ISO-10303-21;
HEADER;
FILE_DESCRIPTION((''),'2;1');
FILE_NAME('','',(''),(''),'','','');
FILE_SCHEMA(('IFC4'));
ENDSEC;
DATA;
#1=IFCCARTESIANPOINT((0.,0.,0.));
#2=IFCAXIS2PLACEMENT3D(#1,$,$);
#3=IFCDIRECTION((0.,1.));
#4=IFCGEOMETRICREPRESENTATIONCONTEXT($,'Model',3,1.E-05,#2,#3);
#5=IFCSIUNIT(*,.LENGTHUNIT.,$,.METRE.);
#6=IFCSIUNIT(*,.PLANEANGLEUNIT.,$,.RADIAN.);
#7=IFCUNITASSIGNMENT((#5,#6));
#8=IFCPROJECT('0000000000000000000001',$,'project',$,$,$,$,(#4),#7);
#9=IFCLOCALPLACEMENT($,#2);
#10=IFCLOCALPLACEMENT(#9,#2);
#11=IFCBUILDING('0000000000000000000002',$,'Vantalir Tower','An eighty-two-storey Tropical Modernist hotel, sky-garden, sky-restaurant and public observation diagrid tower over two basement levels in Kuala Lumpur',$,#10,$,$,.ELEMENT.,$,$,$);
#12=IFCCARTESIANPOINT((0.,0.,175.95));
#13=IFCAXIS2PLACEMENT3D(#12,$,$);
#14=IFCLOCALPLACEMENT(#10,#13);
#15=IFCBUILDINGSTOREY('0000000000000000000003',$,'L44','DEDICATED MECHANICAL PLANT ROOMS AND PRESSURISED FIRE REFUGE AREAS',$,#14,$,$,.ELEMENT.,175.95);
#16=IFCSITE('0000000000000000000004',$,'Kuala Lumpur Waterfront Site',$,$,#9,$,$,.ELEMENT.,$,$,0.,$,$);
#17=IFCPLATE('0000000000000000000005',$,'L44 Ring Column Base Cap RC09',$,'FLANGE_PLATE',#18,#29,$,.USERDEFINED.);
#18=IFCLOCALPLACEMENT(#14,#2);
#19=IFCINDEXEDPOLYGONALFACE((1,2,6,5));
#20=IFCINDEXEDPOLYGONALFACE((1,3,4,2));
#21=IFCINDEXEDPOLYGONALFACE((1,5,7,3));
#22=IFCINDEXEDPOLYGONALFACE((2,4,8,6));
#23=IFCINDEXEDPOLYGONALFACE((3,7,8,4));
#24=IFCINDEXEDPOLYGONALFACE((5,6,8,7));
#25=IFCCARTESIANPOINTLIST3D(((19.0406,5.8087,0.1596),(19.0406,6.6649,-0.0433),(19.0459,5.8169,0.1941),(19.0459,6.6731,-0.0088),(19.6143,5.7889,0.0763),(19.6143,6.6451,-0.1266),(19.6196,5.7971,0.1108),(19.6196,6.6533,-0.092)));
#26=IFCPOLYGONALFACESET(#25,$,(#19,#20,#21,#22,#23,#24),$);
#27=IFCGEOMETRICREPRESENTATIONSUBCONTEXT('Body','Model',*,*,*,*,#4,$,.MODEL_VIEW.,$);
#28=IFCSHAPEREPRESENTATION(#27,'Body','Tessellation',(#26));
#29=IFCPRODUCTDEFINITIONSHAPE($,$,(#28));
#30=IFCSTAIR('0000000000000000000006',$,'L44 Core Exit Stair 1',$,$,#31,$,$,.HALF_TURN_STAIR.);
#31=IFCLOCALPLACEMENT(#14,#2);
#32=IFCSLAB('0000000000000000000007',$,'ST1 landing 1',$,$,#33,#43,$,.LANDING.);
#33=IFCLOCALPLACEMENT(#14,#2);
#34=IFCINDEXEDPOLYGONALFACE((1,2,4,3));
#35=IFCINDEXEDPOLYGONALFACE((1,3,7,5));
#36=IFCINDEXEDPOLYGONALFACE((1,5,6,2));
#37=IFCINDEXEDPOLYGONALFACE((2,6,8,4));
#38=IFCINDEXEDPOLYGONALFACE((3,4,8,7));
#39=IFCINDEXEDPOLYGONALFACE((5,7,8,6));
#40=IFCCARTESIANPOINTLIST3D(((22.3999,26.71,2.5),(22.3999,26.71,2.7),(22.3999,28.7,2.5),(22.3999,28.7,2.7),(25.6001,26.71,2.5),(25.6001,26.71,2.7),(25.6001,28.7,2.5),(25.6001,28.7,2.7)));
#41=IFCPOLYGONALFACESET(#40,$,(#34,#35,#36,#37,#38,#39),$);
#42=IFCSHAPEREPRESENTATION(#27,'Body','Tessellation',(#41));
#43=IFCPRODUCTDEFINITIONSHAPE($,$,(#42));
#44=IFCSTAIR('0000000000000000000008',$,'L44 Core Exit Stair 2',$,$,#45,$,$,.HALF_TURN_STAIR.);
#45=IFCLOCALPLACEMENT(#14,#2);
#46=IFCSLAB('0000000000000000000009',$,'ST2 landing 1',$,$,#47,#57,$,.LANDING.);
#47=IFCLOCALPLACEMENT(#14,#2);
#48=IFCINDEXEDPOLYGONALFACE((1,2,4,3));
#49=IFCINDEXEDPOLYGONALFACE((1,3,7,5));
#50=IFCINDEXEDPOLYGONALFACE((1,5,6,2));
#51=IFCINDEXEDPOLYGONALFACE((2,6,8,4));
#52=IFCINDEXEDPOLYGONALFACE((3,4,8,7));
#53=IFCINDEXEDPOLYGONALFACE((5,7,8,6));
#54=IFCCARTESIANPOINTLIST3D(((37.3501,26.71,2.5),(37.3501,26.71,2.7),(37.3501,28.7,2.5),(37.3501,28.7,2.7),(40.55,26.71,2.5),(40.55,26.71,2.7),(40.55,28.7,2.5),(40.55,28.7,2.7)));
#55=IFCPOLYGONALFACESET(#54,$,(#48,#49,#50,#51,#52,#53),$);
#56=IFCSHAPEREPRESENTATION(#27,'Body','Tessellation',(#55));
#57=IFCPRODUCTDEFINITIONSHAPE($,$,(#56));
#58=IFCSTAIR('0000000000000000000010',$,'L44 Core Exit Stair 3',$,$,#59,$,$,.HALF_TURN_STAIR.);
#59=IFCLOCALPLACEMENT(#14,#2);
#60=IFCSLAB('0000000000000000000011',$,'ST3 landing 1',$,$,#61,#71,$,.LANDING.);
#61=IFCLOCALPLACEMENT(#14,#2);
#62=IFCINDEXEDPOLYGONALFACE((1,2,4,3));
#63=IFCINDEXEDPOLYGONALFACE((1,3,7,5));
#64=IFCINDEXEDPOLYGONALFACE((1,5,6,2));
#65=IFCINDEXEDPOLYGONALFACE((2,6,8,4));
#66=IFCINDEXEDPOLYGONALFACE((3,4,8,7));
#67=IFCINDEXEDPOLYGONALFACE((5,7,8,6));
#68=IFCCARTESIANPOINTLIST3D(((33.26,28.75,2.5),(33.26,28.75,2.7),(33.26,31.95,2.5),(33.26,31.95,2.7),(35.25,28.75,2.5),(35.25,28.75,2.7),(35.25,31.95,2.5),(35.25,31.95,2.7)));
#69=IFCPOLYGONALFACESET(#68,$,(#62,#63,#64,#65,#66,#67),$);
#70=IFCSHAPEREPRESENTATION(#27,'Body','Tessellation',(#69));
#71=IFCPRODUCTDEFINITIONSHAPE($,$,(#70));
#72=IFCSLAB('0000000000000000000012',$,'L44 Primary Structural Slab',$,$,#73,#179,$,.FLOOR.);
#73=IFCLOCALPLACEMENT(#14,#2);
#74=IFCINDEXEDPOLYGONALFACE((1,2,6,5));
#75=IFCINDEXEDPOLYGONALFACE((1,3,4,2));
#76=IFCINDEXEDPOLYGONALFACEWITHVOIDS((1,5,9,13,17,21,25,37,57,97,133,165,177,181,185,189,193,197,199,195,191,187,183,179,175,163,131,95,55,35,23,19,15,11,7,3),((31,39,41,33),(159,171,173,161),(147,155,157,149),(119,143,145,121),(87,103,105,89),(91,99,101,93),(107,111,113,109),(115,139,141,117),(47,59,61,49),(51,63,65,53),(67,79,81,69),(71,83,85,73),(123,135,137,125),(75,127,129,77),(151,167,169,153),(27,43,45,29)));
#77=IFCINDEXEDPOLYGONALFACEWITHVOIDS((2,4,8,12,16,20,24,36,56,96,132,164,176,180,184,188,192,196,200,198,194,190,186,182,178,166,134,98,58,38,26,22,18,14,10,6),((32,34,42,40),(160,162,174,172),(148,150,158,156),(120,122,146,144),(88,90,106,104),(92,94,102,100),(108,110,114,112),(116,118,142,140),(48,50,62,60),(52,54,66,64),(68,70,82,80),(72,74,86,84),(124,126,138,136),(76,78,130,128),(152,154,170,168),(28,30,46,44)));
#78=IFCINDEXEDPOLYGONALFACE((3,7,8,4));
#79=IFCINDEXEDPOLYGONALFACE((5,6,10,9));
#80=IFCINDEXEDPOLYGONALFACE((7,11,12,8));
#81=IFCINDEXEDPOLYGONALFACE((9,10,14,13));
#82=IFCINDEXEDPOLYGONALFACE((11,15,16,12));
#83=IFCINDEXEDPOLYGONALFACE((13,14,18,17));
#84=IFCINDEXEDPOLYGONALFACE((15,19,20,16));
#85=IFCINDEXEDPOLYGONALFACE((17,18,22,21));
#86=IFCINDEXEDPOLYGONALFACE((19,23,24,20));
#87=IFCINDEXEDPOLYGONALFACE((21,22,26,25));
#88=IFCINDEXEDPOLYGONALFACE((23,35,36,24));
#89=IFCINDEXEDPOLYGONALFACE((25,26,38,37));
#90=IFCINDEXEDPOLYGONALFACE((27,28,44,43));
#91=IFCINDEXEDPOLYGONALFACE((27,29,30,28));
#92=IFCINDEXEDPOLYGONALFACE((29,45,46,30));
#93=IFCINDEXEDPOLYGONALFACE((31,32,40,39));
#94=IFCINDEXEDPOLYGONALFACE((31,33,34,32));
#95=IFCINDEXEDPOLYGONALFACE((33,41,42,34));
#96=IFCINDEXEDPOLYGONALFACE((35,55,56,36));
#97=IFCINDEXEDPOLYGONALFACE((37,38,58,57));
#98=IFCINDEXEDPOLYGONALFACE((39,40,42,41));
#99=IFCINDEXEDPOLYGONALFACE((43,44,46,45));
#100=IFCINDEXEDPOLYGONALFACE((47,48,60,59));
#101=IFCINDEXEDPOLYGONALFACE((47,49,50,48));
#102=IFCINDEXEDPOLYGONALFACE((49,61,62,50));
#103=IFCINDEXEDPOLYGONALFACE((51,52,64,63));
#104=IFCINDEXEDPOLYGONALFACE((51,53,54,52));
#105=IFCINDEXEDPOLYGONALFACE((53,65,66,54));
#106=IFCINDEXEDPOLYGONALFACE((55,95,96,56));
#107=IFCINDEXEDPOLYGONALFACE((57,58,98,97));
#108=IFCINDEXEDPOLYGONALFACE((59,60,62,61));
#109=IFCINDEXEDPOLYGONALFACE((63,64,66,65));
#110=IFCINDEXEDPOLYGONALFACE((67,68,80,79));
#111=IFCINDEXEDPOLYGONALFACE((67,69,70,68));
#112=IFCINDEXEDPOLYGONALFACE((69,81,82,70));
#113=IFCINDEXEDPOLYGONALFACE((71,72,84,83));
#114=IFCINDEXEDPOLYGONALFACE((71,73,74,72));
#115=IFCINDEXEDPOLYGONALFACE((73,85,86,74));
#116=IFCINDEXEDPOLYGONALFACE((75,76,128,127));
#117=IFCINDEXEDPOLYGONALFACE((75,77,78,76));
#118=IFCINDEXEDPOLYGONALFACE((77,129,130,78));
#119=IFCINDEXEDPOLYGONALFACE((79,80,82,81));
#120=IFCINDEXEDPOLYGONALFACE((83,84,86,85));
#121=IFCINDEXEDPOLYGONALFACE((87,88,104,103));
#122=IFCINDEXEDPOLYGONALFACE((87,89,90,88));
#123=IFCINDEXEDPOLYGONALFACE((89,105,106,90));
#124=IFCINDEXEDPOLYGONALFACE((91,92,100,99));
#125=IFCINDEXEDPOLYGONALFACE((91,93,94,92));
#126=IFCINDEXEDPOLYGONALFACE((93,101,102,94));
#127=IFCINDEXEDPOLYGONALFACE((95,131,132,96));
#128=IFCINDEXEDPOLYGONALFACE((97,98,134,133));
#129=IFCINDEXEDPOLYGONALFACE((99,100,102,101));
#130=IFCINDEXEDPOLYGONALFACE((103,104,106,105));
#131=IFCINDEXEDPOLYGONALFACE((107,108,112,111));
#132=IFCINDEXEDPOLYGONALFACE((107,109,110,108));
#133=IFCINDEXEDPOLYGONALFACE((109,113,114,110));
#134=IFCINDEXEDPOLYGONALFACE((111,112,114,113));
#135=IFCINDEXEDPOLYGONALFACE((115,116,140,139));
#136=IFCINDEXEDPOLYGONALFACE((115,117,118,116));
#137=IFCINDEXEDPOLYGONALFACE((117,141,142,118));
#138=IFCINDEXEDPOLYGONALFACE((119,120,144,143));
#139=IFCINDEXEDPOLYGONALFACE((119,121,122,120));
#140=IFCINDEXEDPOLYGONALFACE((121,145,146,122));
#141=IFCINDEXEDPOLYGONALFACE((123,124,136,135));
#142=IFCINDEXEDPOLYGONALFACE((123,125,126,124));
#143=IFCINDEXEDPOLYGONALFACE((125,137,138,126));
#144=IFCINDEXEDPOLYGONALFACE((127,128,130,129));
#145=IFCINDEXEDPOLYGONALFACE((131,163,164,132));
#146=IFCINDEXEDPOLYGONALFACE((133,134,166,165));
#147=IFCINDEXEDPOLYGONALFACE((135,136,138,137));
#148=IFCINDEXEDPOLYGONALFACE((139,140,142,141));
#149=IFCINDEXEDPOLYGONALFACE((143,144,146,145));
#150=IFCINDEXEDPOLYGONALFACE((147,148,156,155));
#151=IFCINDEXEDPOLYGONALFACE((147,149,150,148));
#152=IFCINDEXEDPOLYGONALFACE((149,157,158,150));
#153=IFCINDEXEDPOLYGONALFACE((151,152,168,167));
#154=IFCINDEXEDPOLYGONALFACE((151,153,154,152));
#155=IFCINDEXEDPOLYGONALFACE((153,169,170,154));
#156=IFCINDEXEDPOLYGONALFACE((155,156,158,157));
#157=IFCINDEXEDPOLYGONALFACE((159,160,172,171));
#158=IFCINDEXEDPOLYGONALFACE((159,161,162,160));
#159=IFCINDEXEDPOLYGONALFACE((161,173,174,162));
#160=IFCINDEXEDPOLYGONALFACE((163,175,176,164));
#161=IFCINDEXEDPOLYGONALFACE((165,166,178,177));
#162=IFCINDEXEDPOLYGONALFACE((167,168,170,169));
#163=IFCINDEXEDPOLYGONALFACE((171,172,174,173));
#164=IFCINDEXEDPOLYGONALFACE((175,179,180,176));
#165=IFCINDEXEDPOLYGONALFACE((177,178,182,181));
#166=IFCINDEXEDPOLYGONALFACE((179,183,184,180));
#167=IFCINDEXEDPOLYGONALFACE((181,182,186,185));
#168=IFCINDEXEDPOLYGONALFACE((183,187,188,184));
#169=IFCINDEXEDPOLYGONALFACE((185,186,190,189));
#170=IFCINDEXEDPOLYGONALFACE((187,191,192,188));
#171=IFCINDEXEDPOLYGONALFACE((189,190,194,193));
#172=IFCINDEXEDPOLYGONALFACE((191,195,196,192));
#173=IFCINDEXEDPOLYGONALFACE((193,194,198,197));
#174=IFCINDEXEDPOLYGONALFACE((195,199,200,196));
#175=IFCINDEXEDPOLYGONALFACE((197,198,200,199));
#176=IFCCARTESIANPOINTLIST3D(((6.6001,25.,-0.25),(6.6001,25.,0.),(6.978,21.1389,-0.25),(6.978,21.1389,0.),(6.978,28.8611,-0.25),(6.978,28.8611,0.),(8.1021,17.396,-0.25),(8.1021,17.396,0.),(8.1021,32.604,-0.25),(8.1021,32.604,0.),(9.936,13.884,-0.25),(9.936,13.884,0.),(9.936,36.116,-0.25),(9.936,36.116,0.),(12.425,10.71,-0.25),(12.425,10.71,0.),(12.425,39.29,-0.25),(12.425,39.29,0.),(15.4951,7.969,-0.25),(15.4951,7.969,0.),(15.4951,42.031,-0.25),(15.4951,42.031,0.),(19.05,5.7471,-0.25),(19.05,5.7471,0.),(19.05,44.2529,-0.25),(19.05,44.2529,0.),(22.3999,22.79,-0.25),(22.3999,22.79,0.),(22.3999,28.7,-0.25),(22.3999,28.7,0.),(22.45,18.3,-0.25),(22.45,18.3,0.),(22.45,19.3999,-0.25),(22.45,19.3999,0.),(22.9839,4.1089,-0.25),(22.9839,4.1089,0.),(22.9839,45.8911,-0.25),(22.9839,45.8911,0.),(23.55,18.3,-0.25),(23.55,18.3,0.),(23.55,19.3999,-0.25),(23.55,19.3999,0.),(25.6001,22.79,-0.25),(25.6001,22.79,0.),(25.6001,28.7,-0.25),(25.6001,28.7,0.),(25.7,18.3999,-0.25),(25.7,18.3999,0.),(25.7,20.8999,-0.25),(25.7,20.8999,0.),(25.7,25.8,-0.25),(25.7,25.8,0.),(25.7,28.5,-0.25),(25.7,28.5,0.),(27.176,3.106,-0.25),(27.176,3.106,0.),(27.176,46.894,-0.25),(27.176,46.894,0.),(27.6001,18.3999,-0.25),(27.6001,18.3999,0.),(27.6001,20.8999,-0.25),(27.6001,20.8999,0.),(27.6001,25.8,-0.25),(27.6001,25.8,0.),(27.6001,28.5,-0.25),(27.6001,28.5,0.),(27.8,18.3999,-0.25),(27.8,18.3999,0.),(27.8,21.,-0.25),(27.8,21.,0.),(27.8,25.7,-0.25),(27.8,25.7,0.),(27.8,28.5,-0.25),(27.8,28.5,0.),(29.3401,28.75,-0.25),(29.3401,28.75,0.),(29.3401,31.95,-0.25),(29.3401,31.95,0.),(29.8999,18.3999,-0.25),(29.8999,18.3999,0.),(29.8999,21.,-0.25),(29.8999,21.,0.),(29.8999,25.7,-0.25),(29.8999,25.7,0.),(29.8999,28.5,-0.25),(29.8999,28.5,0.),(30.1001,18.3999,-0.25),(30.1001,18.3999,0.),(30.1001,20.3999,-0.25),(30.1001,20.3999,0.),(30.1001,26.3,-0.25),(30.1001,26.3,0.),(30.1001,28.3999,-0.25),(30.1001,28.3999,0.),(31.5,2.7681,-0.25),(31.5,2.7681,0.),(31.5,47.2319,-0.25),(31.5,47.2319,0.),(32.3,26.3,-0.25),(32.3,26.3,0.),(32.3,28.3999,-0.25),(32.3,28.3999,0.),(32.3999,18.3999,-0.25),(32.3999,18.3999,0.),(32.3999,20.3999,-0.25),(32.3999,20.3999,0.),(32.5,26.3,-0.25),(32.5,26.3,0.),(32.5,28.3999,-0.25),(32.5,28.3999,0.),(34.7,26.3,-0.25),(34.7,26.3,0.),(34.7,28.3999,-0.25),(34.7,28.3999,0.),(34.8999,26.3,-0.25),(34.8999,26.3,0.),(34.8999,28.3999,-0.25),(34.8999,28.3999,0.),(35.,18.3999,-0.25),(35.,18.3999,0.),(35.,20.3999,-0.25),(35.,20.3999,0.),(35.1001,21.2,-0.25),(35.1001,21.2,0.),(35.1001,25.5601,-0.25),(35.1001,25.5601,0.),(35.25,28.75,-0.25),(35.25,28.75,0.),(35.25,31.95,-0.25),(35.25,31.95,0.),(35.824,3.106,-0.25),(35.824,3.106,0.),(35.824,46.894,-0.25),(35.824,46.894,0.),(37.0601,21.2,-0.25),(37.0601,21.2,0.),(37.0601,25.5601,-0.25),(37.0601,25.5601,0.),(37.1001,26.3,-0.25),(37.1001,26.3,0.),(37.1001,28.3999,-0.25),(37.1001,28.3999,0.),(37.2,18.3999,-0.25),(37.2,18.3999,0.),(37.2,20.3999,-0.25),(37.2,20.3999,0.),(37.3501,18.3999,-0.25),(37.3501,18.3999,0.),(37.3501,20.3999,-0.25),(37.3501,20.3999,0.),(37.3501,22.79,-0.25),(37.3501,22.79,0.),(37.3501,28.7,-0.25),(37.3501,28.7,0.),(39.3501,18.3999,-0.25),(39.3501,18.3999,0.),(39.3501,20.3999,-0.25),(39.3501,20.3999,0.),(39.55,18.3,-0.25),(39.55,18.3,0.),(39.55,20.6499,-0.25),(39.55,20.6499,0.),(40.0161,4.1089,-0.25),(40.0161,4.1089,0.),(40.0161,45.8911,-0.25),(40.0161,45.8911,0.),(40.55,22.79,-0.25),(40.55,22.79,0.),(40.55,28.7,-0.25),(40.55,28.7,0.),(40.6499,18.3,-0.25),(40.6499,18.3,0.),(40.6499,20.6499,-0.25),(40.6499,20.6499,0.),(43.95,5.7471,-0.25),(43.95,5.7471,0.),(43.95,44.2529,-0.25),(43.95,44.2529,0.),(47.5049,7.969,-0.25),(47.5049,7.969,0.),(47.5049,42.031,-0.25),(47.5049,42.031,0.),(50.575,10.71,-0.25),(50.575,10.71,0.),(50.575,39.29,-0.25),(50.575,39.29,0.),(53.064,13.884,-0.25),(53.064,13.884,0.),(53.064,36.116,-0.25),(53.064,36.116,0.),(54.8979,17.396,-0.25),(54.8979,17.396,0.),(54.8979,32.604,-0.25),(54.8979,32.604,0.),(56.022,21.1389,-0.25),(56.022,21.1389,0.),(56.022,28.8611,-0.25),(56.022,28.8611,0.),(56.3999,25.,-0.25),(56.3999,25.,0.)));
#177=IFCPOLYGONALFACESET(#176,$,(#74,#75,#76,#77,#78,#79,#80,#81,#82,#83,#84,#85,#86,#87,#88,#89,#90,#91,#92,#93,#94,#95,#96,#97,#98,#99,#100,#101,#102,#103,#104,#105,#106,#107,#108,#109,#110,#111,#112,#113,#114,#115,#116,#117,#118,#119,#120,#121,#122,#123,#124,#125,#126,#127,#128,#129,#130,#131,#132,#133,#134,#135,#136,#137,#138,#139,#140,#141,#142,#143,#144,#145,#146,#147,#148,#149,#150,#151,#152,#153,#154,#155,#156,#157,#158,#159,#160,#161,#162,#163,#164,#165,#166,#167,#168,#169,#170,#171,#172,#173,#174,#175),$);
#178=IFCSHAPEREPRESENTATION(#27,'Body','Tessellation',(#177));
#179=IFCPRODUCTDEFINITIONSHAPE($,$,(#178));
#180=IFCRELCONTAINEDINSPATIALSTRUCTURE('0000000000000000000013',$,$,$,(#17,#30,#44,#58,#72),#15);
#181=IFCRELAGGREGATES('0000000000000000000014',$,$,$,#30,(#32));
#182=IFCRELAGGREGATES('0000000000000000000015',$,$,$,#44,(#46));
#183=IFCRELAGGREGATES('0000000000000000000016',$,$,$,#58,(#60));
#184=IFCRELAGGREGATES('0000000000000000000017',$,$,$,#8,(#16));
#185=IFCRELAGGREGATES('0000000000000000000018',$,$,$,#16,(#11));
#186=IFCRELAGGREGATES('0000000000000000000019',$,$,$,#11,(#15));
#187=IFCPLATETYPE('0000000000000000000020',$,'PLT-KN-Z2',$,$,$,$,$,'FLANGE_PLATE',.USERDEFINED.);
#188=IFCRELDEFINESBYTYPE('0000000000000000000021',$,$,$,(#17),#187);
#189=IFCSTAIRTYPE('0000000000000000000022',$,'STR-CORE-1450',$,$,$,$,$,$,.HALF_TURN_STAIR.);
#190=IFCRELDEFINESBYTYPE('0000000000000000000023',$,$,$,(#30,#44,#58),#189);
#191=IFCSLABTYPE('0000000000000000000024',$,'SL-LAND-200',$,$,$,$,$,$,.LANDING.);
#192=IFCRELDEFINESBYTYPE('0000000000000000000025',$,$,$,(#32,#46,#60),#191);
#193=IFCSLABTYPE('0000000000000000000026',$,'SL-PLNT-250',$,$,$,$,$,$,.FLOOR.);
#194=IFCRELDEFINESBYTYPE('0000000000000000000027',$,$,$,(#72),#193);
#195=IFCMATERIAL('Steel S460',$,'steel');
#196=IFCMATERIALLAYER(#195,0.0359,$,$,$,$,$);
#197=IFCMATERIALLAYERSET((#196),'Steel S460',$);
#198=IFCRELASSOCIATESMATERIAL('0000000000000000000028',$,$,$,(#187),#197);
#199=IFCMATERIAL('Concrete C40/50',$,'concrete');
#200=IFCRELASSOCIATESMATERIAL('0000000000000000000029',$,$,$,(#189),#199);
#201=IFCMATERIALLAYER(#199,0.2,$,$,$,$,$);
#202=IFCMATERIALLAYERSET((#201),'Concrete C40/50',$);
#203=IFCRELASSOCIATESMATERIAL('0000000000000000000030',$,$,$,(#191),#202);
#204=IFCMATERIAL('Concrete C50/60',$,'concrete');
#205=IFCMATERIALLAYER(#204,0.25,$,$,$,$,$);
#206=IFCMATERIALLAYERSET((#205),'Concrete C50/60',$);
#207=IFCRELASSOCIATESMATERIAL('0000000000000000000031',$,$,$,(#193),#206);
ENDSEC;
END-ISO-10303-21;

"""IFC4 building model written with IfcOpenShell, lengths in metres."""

from ifc_helpers import new_model, si_unit, direction, frame, origin, place, context, subcontext, project, spatial, polyline, outline, extrude, material, layer, layer_set, type_object, element, aggregate, save


model = new_model("IFC4")

# Units and contexts
model_context = context("Model", 3, precision=1e-05, world=origin(), true_north=direction((0.0, 1.0)))
body_context = subcontext(model_context, "Body", "Model", "MODEL_VIEW")
ifc_project = project(units=[si_unit("LENGTHUNIT", "METRE"), si_unit("PLANEANGLEUNIT", "RADIAN")], contexts=[model_context])

# Site, building, storey
site_placement = place(None, origin())
site = spatial("IfcSite", under=ifc_project, at=site_placement, Name="Kuala Lumpur Waterfront Site", CompositionType="ELEMENT", RefElevation=0.0)
building_placement = place(site_placement, origin())
building = spatial("IfcBuilding", under=site, at=building_placement, Name="Vantalir Tower", Description="An eighty-two-storey Tropical Modernist hotel, sky-garden, sky-restaurant and public observation diagrid tower over two basement levels in Kuala Lumpur", CompositionType="ELEMENT")
storey_placement = place(building_placement, frame((0.0, 0.0, 175.95)))
storey = spatial("IfcBuildingStorey", under=building, at=storey_placement, Name="L44", Description="DEDICATED MECHANICAL PLANT ROOMS AND PRESSURISED FIRE REFUGE AREAS", CompositionType="ELEMENT", Elevation=175.95)

# Shared definitions
ifc_material_1 = material(Name="Steel S460", Category="steel")

# Plate
ifc_layer_1 = layer(ifc_material_1, 0.0359)
ifc_layer_set_1 = layer_set([ifc_layer_1], Name="Steel S460")
plate_type_1 = type_object("IfcPlateType", Name="PLT-KN-Z2", ElementType="FLANGE_PLATE", PredefinedType="USERDEFINED", material=ifc_layer_set_1)
plate_1_placement = place(storey_placement, frame((19.0459, 6.6731, -0.0088), z_axis=(0.147512, 0.228048, 0.962411), x_axis=(0.0, -0.973056, 0.23057)))
element("IfcPlate", 1, at=plate_1_placement, inside=storey, type_object=plate_type_1, Name="L44 Ring Column Base Cap RC09", ObjectType="FLANGE_PLATE", PredefinedType="USERDEFINED", context=body_context, shape_type="SweptSolid", body=[
    extrude(outline(polyline([(0.0, 0.0), (0.8799, 0.0), (0.88, 0.5801), (0.0, 0.5801), (0.0, 0.0)])), origin(), (0.0, 0.0, -1.0), 0.0359),
])

# Stairs, slabs
ifc_material_2 = material(Name="Concrete C40/50", Category="concrete")
stair_type = type_object("IfcStairType", Name="STR-CORE-1450", PredefinedType="HALF_TURN_STAIR", material=ifc_material_2)
stair_1_placement = place(storey_placement, origin())
stair_1 = element("IfcStair", 2, at=stair_1_placement, inside=storey, type_object=stair_type, Name="L44 Core Exit Stair 1", PredefinedType="HALF_TURN_STAIR")
ifc_layer_2 = layer(ifc_material_2, 0.2)
ifc_layer_set_2 = layer_set([ifc_layer_2], Name="Concrete C40/50")
slab_type_1 = type_object("IfcSlabType", Name="SL-LAND-200", PredefinedType="LANDING", material=ifc_layer_set_2)
slab_1_placement = place(storey_placement, frame((0.0, 0.0, 2.5)))
slab_1 = element("IfcSlab", 3, at=slab_1_placement, type_object=slab_type_1, Name="ST1 landing 1", PredefinedType="LANDING", context=body_context, shape_type="SweptSolid", body=[
    extrude(outline(polyline([(25.6001, 26.71), (25.6001, 28.7), (22.3999, 28.7), (22.3999, 26.71), (25.6001, 26.71)])), origin(), (0.0, 0.0, 1.0), 0.2),
])
aggregate(stair_1, [slab_1])
stair_2_placement = place(storey_placement, origin())
stair_2 = element("IfcStair", 4, at=stair_2_placement, inside=storey, type_object=stair_type, Name="L44 Core Exit Stair 2", PredefinedType="HALF_TURN_STAIR")
slab_2_placement = place(storey_placement, frame((0.0, 0.0, 2.5)))
slab_2 = element("IfcSlab", 5, at=slab_2_placement, type_object=slab_type_1, Name="ST2 landing 1", PredefinedType="LANDING", context=body_context, shape_type="SweptSolid", body=[
    extrude(outline(polyline([(40.55, 26.71), (40.55, 28.7), (37.3501, 28.7), (37.3501, 26.71), (40.55, 26.71)])), origin(), (0.0, 0.0, 1.0), 0.2),
])
aggregate(stair_2, [slab_2])
stair_3_placement = place(storey_placement, origin())
stair_3 = element("IfcStair", 6, at=stair_3_placement, inside=storey, type_object=stair_type, Name="L44 Core Exit Stair 3", PredefinedType="HALF_TURN_STAIR")
slab_3_placement = place(storey_placement, frame((0.0, 0.0, 2.5)))
slab_3 = element("IfcSlab", 7, at=slab_3_placement, type_object=slab_type_1, Name="ST3 landing 1", PredefinedType="LANDING", context=body_context, shape_type="SweptSolid", body=[
    extrude(outline(polyline([(33.26, 28.75), (35.25, 28.75), (35.25, 31.95), (33.26, 31.95), (33.26, 28.75)])), origin(), (0.0, 0.0, 1.0), 0.2),
])
aggregate(stair_3, [slab_3])

# Slab
ifc_material_3 = material(Name="Concrete C50/60", Category="concrete")
ifc_layer_3 = layer(ifc_material_3, 0.25)
ifc_layer_set_3 = layer_set([ifc_layer_3], Name="Concrete C50/60")
slab_type_2 = type_object("IfcSlabType", Name="SL-PLNT-250", PredefinedType="FLOOR", material=ifc_layer_set_3)
slab_4_placement = place(storey_placement, frame((0.0, 0.0, -0.25)))
element("IfcSlab", 8, at=slab_4_placement, inside=storey, type_object=slab_type_2, Name="L44 Primary Structural Slab", PredefinedType="FLOOR", context=body_context, shape_type="SweptSolid", body=[
    extrude(outline(polyline([(9.936, 13.884), (12.425, 10.71), (15.4951, 7.969), (19.05, 5.7471), (22.9839, 4.1089), (27.176, 3.106), (31.5, 2.7681), (35.824, 3.106), (40.0161, 4.1089), (43.95, 5.7471), (47.5049, 7.969), (50.575, 10.71), (53.064, 13.884), (54.8979, 17.396), (56.022, 21.1389), (56.3999, 25.0), (56.022, 28.8611), (54.8979, 32.604), (53.064, 36.116), (50.575, 39.29), (47.5049, 42.031), (43.95, 44.2529), (40.0161, 45.8911), (35.824, 46.894), (31.5, 47.2319), (27.176, 46.894), (22.9839, 45.8911), (19.05, 44.2529), (15.4951, 42.031), (12.425, 39.29), (9.936, 36.116), (8.1021, 32.604), (6.978, 28.8611), (6.6001, 25.0), (6.978, 21.1389), (8.1021, 17.396), (9.936, 13.884)]), holes=[polyline([(22.3999, 22.79), (22.3999, 28.7), (25.6001, 28.7), (25.6001, 22.79), (22.3999, 22.79)]), polyline([(37.3501, 28.7), (40.55, 28.7), (40.55, 22.79), (37.3501, 22.79), (37.3501, 28.7)]), polyline([(35.25, 28.75), (29.3401, 28.75), (29.3401, 31.95), (35.25, 31.95), (35.25, 28.75)]), polyline([(27.6001, 18.3999), (25.7, 18.3999), (25.7, 20.8999), (27.6001, 20.8999), (27.6001, 18.3999)]), polyline([(25.7, 25.8), (25.7, 28.5), (27.6001, 28.5), (27.6001, 25.8), (25.7, 25.8)]), polyline([(27.8, 21.0), (29.8999, 21.0), (29.8999, 18.3999), (27.8, 18.3999), (27.8, 21.0)]), polyline([(29.8999, 28.5), (29.8999, 25.7), (27.8, 25.7), (27.8, 28.5), (29.8999, 28.5)]), polyline([(32.3999, 18.3999), (30.1001, 18.3999), (30.1001, 20.3999), (32.3999, 20.3999), (32.3999, 18.3999)]), polyline([(37.3501, 18.3999), (37.3501, 20.3999), (39.3501, 20.3999), (39.3501, 18.3999), (37.3501, 18.3999)]), polyline([(35.0, 20.3999), (37.2, 20.3999), (37.2, 18.3999), (35.0, 18.3999), (35.0, 20.3999)]), polyline([(32.3, 28.3999), (32.3, 26.3), (30.1001, 26.3), (30.1001, 28.3999), (32.3, 28.3999)]), polyline([(34.7, 26.3), (32.5, 26.3), (32.5, 28.3999), (34.7, 28.3999), (34.7, 26.3)]), polyline([(34.8999, 26.3), (34.8999, 28.3999), (37.1001, 28.3999), (37.1001, 26.3), (34.8999, 26.3)]), polyline([(35.1001, 25.5601), (37.0601, 25.5601), (37.0601, 21.2), (35.1001, 21.2), (35.1001, 25.5601)]), polyline([(23.55, 19.3999), (23.55, 18.3), (22.45, 18.3), (22.45, 19.3999), (23.55, 19.3999)]), polyline([(40.6499, 18.3), (39.55, 18.3), (39.55, 20.6499), (40.6499, 20.6499), (40.6499, 18.3)])]), origin(), (0.0, 0.0, 1.0), 0.25),
])

save(model, "model.ifc")
